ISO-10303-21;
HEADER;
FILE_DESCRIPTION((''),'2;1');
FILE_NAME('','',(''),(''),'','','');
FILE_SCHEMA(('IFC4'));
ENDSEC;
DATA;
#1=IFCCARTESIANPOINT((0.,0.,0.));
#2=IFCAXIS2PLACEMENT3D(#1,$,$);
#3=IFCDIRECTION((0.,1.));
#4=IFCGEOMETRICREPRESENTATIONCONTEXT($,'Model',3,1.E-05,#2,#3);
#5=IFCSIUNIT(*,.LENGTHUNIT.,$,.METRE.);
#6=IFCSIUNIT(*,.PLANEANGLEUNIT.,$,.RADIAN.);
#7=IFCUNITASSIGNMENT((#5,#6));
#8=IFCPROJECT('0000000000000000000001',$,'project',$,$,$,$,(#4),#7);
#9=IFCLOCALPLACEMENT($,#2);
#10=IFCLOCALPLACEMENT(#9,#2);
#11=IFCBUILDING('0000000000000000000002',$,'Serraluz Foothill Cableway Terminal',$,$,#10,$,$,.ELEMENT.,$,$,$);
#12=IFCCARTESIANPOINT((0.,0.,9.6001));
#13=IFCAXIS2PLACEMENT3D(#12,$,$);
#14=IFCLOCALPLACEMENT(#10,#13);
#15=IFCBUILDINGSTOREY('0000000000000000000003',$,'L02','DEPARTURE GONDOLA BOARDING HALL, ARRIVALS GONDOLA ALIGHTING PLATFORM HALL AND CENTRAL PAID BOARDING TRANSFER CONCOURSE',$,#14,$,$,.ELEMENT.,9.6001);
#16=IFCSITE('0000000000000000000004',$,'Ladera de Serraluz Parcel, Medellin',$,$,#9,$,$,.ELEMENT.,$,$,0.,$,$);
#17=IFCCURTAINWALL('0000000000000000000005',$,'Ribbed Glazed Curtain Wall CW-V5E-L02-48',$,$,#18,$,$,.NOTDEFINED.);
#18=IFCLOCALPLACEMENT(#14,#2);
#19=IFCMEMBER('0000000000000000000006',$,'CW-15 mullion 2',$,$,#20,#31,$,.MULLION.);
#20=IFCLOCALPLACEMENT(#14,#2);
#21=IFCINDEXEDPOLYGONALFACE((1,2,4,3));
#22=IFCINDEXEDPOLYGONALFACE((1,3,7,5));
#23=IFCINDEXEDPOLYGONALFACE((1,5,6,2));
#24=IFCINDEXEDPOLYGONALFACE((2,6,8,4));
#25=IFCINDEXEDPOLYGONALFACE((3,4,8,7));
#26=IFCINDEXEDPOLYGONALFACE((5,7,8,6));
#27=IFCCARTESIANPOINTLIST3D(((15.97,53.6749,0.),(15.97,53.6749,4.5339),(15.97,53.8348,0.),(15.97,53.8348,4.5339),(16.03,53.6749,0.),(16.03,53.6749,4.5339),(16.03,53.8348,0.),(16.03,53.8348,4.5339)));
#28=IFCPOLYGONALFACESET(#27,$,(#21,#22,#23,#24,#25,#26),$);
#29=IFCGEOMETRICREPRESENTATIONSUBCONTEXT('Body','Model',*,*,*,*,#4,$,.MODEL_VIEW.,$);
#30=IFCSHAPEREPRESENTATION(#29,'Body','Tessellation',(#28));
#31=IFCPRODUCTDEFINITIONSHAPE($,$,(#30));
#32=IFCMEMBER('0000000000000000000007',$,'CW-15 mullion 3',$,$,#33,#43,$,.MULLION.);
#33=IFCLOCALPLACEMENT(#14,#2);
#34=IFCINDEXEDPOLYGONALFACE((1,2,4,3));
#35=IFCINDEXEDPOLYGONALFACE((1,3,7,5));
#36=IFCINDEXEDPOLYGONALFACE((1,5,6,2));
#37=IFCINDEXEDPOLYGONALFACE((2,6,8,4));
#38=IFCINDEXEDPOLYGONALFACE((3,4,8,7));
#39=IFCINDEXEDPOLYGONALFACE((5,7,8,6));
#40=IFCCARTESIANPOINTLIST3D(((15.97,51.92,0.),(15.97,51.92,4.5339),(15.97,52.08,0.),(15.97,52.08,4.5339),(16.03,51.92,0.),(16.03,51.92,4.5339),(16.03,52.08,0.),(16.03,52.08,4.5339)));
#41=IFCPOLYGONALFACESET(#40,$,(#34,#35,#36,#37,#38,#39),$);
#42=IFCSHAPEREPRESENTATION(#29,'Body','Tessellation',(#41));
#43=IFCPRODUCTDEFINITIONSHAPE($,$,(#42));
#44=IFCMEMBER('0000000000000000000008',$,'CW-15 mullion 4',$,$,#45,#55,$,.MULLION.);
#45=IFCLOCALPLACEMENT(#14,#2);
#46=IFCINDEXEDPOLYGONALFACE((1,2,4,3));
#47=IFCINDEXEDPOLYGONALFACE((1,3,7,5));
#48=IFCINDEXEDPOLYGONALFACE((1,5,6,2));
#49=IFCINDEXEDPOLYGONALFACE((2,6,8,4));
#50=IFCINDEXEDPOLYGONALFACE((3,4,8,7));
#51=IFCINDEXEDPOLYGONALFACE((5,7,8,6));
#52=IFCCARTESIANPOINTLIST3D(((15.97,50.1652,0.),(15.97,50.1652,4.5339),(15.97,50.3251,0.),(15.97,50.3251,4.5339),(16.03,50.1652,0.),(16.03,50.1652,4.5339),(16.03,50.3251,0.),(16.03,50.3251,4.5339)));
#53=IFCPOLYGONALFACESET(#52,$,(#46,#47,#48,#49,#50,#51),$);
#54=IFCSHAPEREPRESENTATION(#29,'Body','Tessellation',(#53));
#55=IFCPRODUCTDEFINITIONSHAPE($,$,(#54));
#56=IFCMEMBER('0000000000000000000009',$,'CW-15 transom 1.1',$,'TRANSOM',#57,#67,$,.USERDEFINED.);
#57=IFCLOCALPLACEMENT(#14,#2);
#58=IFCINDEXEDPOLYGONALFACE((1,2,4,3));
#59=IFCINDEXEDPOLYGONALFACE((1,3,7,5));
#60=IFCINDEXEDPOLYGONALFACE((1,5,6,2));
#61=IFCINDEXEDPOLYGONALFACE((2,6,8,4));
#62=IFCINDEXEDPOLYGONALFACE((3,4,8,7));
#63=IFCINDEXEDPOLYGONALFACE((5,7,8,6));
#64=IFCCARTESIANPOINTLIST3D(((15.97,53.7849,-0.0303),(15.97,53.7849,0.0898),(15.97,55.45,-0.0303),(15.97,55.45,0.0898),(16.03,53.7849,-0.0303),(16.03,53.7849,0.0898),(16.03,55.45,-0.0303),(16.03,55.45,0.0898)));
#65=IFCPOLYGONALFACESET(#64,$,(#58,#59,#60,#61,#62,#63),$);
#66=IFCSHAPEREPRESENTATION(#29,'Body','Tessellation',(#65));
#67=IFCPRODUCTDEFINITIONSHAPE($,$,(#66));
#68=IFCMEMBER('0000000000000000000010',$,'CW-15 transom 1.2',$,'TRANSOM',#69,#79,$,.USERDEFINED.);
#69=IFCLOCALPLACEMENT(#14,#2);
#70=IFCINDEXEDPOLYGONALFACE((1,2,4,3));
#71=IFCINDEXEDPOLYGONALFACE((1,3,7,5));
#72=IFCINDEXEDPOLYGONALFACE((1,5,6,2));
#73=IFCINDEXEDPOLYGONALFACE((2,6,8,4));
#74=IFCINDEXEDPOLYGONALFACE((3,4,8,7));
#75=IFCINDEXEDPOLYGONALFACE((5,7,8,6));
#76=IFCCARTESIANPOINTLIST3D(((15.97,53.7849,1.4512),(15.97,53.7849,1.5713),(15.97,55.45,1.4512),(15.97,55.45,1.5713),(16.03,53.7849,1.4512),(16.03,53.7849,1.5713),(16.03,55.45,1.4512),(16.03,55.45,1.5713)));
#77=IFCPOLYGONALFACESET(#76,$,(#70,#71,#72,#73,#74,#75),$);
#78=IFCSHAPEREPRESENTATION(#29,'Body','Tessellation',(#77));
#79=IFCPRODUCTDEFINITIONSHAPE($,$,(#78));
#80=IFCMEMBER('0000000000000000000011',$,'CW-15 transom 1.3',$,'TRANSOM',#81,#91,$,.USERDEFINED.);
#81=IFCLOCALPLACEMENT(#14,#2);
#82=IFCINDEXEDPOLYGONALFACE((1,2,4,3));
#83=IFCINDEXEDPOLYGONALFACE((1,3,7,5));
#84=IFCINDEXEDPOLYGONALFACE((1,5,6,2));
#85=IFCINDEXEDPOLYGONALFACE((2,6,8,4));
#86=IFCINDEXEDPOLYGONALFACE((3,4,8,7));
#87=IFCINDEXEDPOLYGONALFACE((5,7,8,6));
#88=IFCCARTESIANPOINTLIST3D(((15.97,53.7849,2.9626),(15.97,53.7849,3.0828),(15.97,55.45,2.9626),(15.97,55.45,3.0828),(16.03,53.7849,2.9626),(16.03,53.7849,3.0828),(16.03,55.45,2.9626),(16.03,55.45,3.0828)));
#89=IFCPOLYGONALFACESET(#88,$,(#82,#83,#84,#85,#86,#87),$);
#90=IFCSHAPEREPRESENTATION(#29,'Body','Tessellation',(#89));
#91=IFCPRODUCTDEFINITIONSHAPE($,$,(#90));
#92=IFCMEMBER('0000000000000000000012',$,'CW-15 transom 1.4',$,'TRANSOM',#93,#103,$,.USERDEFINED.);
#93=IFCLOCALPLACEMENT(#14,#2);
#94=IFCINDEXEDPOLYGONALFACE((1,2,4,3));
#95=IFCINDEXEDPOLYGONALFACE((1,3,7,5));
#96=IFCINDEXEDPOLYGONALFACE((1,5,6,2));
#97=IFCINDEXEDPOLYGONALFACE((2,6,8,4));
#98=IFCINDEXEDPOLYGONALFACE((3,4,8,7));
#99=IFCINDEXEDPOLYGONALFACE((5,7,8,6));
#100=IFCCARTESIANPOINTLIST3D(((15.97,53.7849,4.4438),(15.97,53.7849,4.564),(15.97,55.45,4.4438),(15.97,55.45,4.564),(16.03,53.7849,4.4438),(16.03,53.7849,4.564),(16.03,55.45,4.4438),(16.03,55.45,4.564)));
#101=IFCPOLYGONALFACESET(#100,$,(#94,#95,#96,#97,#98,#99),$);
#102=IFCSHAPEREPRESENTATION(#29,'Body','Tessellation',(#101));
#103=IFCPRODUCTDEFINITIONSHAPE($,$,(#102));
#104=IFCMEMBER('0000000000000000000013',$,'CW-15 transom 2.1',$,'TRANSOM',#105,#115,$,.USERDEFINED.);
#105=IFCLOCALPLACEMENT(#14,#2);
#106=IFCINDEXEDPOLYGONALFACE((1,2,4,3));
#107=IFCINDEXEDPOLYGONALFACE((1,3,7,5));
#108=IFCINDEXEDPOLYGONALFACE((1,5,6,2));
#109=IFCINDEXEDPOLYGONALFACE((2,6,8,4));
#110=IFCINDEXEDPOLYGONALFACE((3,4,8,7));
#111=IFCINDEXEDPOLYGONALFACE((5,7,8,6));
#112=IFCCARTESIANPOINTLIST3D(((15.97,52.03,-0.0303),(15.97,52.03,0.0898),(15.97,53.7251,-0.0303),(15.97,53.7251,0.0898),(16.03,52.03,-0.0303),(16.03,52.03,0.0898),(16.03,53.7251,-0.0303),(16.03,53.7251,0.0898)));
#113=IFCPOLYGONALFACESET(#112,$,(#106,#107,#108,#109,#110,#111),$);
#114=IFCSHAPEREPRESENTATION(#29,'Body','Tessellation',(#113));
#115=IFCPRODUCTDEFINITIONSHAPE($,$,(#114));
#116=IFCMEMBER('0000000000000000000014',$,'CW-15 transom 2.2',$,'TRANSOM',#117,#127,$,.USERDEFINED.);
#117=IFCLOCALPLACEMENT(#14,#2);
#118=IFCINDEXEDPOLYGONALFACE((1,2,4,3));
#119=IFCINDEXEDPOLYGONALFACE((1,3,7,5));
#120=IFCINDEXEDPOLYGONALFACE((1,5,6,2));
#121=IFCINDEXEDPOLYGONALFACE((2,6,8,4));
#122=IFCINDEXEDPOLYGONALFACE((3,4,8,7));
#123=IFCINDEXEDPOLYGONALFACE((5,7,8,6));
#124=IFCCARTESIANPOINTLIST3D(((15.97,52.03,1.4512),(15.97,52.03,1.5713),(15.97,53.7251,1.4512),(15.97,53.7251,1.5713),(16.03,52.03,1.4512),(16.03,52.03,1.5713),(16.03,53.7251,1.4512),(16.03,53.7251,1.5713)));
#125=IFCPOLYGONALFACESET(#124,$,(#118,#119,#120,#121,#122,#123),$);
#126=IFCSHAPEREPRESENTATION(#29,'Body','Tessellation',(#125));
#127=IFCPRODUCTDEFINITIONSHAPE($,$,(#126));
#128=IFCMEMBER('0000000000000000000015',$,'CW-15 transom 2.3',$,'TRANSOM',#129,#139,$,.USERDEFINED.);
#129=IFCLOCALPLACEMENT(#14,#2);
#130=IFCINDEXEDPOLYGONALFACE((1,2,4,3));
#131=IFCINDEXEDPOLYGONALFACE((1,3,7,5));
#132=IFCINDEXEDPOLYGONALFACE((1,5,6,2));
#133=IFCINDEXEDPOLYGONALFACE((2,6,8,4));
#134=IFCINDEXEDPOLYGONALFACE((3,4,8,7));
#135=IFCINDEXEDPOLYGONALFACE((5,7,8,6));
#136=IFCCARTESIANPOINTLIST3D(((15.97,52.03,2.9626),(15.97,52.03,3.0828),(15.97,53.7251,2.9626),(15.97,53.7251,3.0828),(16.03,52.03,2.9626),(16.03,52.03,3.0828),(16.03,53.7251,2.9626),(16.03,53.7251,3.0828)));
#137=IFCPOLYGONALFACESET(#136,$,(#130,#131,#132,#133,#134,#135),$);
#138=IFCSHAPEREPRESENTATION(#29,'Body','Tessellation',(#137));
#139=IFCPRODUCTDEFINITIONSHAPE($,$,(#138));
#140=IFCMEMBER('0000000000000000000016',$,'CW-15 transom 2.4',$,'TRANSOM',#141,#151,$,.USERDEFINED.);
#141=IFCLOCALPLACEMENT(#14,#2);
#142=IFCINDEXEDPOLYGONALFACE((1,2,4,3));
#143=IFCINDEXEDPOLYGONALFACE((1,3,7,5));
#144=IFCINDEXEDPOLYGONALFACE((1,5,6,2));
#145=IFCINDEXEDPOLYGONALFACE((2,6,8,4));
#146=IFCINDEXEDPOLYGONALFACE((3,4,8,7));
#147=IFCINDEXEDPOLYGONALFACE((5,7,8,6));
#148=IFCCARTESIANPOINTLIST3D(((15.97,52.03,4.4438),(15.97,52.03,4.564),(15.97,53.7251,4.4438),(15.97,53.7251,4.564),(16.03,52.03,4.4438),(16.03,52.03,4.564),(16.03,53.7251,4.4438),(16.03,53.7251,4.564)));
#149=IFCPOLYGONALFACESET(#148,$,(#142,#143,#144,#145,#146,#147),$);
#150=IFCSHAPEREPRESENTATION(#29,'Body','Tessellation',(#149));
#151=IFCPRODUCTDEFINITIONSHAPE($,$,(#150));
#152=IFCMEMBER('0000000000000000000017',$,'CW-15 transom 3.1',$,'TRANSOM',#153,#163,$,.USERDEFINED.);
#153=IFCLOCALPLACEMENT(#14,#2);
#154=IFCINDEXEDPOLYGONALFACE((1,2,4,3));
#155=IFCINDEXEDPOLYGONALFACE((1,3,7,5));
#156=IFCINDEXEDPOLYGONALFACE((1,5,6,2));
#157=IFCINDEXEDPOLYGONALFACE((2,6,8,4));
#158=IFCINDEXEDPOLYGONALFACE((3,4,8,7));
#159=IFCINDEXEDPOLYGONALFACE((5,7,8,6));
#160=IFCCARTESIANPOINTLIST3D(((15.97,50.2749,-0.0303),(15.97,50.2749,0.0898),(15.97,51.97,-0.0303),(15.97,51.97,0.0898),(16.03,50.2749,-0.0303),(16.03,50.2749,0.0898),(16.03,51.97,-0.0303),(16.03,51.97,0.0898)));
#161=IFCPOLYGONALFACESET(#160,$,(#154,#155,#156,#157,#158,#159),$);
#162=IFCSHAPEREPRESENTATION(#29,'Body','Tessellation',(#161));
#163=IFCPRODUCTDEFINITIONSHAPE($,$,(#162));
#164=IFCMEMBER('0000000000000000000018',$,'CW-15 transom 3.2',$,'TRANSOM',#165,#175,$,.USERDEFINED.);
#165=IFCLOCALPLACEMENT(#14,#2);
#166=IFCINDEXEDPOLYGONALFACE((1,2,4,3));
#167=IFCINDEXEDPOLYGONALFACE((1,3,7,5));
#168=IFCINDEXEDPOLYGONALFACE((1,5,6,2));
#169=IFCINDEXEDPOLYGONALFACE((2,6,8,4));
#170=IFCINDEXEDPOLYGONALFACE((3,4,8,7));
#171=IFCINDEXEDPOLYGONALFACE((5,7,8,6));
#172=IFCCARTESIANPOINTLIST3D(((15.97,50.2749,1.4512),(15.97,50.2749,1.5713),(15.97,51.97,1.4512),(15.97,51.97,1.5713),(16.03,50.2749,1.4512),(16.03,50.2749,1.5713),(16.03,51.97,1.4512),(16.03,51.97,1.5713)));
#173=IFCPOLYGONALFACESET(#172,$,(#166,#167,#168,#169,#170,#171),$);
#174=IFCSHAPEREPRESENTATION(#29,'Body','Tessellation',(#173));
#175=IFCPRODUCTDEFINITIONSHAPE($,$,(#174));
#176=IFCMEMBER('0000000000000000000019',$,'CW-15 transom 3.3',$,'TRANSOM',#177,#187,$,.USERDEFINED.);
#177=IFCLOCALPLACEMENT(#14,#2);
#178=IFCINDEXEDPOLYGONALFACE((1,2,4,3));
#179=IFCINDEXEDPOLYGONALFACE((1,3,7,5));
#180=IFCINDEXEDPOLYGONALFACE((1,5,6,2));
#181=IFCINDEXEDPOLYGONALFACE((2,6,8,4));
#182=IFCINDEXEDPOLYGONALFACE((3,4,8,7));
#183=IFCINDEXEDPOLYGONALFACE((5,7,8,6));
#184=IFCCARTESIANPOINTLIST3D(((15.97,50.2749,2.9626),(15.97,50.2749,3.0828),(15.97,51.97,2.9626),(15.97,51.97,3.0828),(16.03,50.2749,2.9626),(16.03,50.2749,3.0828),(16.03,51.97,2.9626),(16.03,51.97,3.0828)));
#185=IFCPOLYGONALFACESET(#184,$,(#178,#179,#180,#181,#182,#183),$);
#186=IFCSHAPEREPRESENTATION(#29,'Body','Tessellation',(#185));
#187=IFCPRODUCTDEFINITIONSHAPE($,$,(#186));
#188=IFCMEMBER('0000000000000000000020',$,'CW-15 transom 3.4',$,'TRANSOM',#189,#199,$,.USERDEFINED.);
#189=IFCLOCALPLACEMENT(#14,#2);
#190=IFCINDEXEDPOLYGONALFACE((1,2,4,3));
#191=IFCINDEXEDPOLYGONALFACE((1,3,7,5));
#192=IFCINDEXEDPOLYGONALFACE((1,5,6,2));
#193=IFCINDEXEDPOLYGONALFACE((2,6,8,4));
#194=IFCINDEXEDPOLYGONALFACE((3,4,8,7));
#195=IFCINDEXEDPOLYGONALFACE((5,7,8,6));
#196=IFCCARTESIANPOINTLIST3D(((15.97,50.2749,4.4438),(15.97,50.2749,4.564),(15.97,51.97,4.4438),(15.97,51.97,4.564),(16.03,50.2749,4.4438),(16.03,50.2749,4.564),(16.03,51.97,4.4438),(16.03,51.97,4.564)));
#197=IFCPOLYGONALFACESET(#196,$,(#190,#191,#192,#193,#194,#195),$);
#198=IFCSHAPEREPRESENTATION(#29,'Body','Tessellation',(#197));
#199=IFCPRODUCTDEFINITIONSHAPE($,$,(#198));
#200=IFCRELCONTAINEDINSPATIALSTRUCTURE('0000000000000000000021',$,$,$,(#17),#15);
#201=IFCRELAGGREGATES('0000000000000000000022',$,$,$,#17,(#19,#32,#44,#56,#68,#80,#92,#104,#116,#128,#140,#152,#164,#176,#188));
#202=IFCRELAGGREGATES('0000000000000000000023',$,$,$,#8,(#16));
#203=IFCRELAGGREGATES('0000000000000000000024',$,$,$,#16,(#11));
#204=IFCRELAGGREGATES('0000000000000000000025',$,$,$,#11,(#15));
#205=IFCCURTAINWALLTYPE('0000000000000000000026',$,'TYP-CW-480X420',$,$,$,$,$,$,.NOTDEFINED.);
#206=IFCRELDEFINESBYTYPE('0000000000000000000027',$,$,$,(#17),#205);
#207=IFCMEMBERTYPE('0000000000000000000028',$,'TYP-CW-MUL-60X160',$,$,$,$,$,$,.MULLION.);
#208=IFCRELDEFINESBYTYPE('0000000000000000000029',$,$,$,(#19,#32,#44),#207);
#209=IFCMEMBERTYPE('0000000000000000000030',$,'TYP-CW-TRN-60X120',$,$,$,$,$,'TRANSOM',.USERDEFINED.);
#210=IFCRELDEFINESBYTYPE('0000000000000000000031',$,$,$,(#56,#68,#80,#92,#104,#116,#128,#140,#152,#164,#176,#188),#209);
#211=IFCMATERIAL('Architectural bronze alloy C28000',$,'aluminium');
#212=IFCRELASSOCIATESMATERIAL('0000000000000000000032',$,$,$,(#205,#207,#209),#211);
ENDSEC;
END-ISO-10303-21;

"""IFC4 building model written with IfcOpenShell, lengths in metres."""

from ifc_helpers import new_model, si_unit, direction, frame, origin, origin_2d, place, context, subcontext, project, spatial, rectangle, extrude, material, material_profile, profile_set, type_object, element, aggregate, save


model = new_model("IFC4")

# Units and contexts
model_context = context("Model", 3, precision=1e-05, world=origin(), true_north=direction((0.0, 1.0)))
body_context = subcontext(model_context, "Body", "Model", "MODEL_VIEW")
ifc_project = project(units=[si_unit("LENGTHUNIT", "METRE"), si_unit("PLANEANGLEUNIT", "RADIAN")], contexts=[model_context])

# Site, building, storey
site_placement = place(None, origin())
site = spatial("IfcSite", under=ifc_project, at=site_placement, Name="Ladera de Serraluz Parcel, Medellin", CompositionType="ELEMENT", RefElevation=0.0)
building_placement = place(site_placement, origin())
building = spatial("IfcBuilding", under=site, at=building_placement, Name="Serraluz Foothill Cableway Terminal", CompositionType="ELEMENT")
storey_placement = place(building_placement, frame((0.0, 0.0, 9.6001)))
storey = spatial("IfcBuildingStorey", under=building, at=storey_placement, Name="L02", Description="DEPARTURE GONDOLA BOARDING HALL, ARRIVALS GONDOLA ALIGHTING PLATFORM HALL AND CENTRAL PAID BOARDING TRANSFER CONCOURSE", CompositionType="ELEMENT", Elevation=9.6001)

# Curtain wall, members
ifc_material_1 = material(Name="Architectural bronze alloy C28000", Category="aluminium")
curtain_wall_type = type_object("IfcCurtainWallType", Name="TYP-CW-480X420", PredefinedType="NOTDEFINED", material=ifc_material_1)
curtain_wall_placement = place(storey_placement, origin())
curtain_wall = element("IfcCurtainWall", 1, at=curtain_wall_placement, inside=storey, type_object=curtain_wall_type, Name="Ribbed Glazed Curtain Wall CW-V5E-L02-48", PredefinedType="NOTDEFINED")
ifc_material_profile_1 = material_profile(ifc_material_1, rectangle(XDim=0.0601, YDim=0.1599, at=origin_2d()), Name="ALU MULLION 60x160")
ifc_profile_set_1 = profile_set([ifc_material_profile_1], Name="Architectural bronze alloy C28000")
member_type_1 = type_object("IfcMemberType", Name="TYP-CW-MUL-60X160", PredefinedType="MULLION", material=ifc_profile_set_1)
member_1_placement = place(storey_placement, frame((16.0, 53.7549, 0.0), z_axis=(0.0, 0.0, 1.0), x_axis=(1.0, 0.0, 0.0)))
member_1 = element("IfcMember", 2, at=member_1_placement, type_object=member_type_1, Name="CW-15 mullion 2", PredefinedType="MULLION", context=body_context, shape_type="SweptSolid", body=[
    extrude(rectangle(XDim=0.0601, YDim=0.1599, at=origin_2d()), origin(), (0.0, 0.0, 1.0), 4.5339),
])
member_2_placement = place(storey_placement, frame((16.0, 52.0, 0.0), z_axis=(0.0, 0.0, 1.0), x_axis=(1.0, 0.0, 0.0)))
member_2 = element("IfcMember", 3, at=member_2_placement, type_object=member_type_1, Name="CW-15 mullion 3", PredefinedType="MULLION", context=body_context, shape_type="SweptSolid", body=[
    extrude(rectangle(XDim=0.0601, YDim=0.1599, at=origin_2d()), origin(), (0.0, 0.0, 1.0), 4.5339),
])
member_3_placement = place(storey_placement, frame((16.0, 50.2451, 0.0), z_axis=(0.0, 0.0, 1.0), x_axis=(1.0, 0.0, 0.0)))
member_3 = element("IfcMember", 4, at=member_3_placement, type_object=member_type_1, Name="CW-15 mullion 4", PredefinedType="MULLION", context=body_context, shape_type="SweptSolid", body=[
    extrude(rectangle(XDim=0.0601, YDim=0.1599, at=origin_2d()), origin(), (0.0, 0.0, 1.0), 4.5339),
])
ifc_material_profile_2 = material_profile(ifc_material_1, rectangle(XDim=0.0601, YDim=0.1201, at=origin_2d()), Name="ALU TRANSOM 60x120")
ifc_profile_set_2 = profile_set([ifc_material_profile_2], Name="Architectural bronze alloy C28000")
member_type_2 = type_object("IfcMemberType", Name="TYP-CW-TRN-60X120", ElementType="TRANSOM", PredefinedType="USERDEFINED", material=ifc_profile_set_2)
member_4_placement = place(storey_placement, frame((16.0, 55.45, 0.0298), z_axis=(0.0, -1.0, 0.0), x_axis=(1.0, 0.0, 0.0)))
member_4 = element("IfcMember", 5, at=member_4_placement, type_object=member_type_2, Name="CW-15 transom 1.1", ObjectType="TRANSOM", PredefinedType="USERDEFINED", context=body_context, shape_type="SweptSolid", body=[
    extrude(rectangle(XDim=0.0601, YDim=0.1201, at=origin_2d()), origin(), (0.0, 0.0, 1.0), 1.665),
])
member_5_placement = place(storey_placement, frame((16.0, 55.45, 1.5112), z_axis=(0.0, -1.0, 0.0), x_axis=(1.0, 0.0, 0.0)))
member_5 = element("IfcMember", 6, at=member_5_placement, type_object=member_type_2, Name="CW-15 transom 1.2", ObjectType="TRANSOM", PredefinedType="USERDEFINED", context=body_context, shape_type="SweptSolid", body=[
    extrude(rectangle(XDim=0.0601, YDim=0.1201, at=origin_2d()), origin(), (0.0, 0.0, 1.0), 1.665),
])
member_6_placement = place(storey_placement, frame((16.0, 55.45, 3.0227), z_axis=(0.0, -1.0, 0.0), x_axis=(1.0, 0.0, 0.0)))
member_6 = element("IfcMember", 7, at=member_6_placement, type_object=member_type_2, Name="CW-15 transom 1.3", ObjectType="TRANSOM", PredefinedType="USERDEFINED", context=body_context, shape_type="SweptSolid", body=[
    extrude(rectangle(XDim=0.0601, YDim=0.1201, at=origin_2d()), origin(), (0.0, 0.0, 1.0), 1.665),
])
member_7_placement = place(storey_placement, frame((16.0, 55.45, 4.5039), z_axis=(0.0, -1.0, 0.0), x_axis=(1.0, 0.0, 0.0)))
member_7 = element("IfcMember", 8, at=member_7_placement, type_object=member_type_2, Name="CW-15 transom 1.4", ObjectType="TRANSOM", PredefinedType="USERDEFINED", context=body_context, shape_type="SweptSolid", body=[
    extrude(rectangle(XDim=0.0601, YDim=0.1201, at=origin_2d()), origin(), (0.0, 0.0, 1.0), 1.665),
])
member_8_placement = place(storey_placement, frame((16.0, 53.7251, 0.0298), z_axis=(0.0, -1.0, 0.0), x_axis=(1.0, 0.0, 0.0)))
member_8 = element("IfcMember", 9, at=member_8_placement, type_object=member_type_2, Name="CW-15 transom 2.1", ObjectType="TRANSOM", PredefinedType="USERDEFINED", context=body_context, shape_type="SweptSolid", body=[
    extrude(rectangle(XDim=0.0601, YDim=0.1201, at=origin_2d()), origin(), (0.0, 0.0, 1.0), 1.6951),
])
member_9_placement = place(storey_placement, frame((16.0, 53.7251, 1.5112), z_axis=(0.0, -1.0, 0.0), x_axis=(1.0, 0.0, 0.0)))
member_9 = element("IfcMember", 10, at=member_9_placement, type_object=member_type_2, Name="CW-15 transom 2.2", ObjectType="TRANSOM", PredefinedType="USERDEFINED", context=body_context, shape_type="SweptSolid", body=[
    extrude(rectangle(XDim=0.0601, YDim=0.1201, at=origin_2d()), origin(), (0.0, 0.0, 1.0), 1.6951),
])
member_10_placement = place(storey_placement, frame((16.0, 53.7251, 3.0227), z_axis=(0.0, -1.0, 0.0), x_axis=(1.0, 0.0, 0.0)))
member_10 = element("IfcMember", 11, at=member_10_placement, type_object=member_type_2, Name="CW-15 transom 2.3", ObjectType="TRANSOM", PredefinedType="USERDEFINED", context=body_context, shape_type="SweptSolid", body=[
    extrude(rectangle(XDim=0.0601, YDim=0.1201, at=origin_2d()), origin(), (0.0, 0.0, 1.0), 1.6951),
])
member_11_placement = place(storey_placement, frame((16.0, 53.7251, 4.5039), z_axis=(0.0, -1.0, 0.0), x_axis=(1.0, 0.0, 0.0)))
member_11 = element("IfcMember", 12, at=member_11_placement, type_object=member_type_2, Name="CW-15 transom 2.4", ObjectType="TRANSOM", PredefinedType="USERDEFINED", context=body_context, shape_type="SweptSolid", body=[
    extrude(rectangle(XDim=0.0601, YDim=0.1201, at=origin_2d()), origin(), (0.0, 0.0, 1.0), 1.6951),
])
member_12_placement = place(storey_placement, frame((16.0, 51.97, 0.0298), z_axis=(0.0, -1.0, 0.0), x_axis=(1.0, 0.0, 0.0)))
member_12 = element("IfcMember", 13, at=member_12_placement, type_object=member_type_2, Name="CW-15 transom 3.1", ObjectType="TRANSOM", PredefinedType="USERDEFINED", context=body_context, shape_type="SweptSolid", body=[
    extrude(rectangle(XDim=0.0601, YDim=0.1201, at=origin_2d()), origin(), (0.0, 0.0, 1.0), 1.6951),
])
member_13_placement = place(storey_placement, frame((16.0, 51.97, 1.5112), z_axis=(0.0, -1.0, 0.0), x_axis=(1.0, 0.0, 0.0)))
member_13 = element("IfcMember", 14, at=member_13_placement, type_object=member_type_2, Name="CW-15 transom 3.2", ObjectType="TRANSOM", PredefinedType="USERDEFINED", context=body_context, shape_type="SweptSolid", body=[
    extrude(rectangle(XDim=0.0601, YDim=0.1201, at=origin_2d()), origin(), (0.0, 0.0, 1.0), 1.6951),
])
member_14_placement = place(storey_placement, frame((16.0, 51.97, 3.0227), z_axis=(0.0, -1.0, 0.0), x_axis=(1.0, 0.0, 0.0)))
member_14 = element("IfcMember", 15, at=member_14_placement, type_object=member_type_2, Name="CW-15 transom 3.3", ObjectType="TRANSOM", PredefinedType="USERDEFINED", context=body_context, shape_type="SweptSolid", body=[
    extrude(rectangle(XDim=0.0601, YDim=0.1201, at=origin_2d()), origin(), (0.0, 0.0, 1.0), 1.6951),
])
member_15_placement = place(storey_placement, frame((16.0, 51.97, 4.5039), z_axis=(0.0, -1.0, 0.0), x_axis=(1.0, 0.0, 0.0)))
member_15 = element("IfcMember", 16, at=member_15_placement, type_object=member_type_2, Name="CW-15 transom 3.4", ObjectType="TRANSOM", PredefinedType="USERDEFINED", context=body_context, shape_type="SweptSolid", body=[
    extrude(rectangle(XDim=0.0601, YDim=0.1201, at=origin_2d()), origin(), (0.0, 0.0, 1.0), 1.6951),
])
aggregate(curtain_wall, [member_1, member_2, member_3, member_4, member_5, member_6, member_7, member_8, member_9, member_10, member_11, member_12, member_13, member_14, member_15])

save(model, "model.ifc")
